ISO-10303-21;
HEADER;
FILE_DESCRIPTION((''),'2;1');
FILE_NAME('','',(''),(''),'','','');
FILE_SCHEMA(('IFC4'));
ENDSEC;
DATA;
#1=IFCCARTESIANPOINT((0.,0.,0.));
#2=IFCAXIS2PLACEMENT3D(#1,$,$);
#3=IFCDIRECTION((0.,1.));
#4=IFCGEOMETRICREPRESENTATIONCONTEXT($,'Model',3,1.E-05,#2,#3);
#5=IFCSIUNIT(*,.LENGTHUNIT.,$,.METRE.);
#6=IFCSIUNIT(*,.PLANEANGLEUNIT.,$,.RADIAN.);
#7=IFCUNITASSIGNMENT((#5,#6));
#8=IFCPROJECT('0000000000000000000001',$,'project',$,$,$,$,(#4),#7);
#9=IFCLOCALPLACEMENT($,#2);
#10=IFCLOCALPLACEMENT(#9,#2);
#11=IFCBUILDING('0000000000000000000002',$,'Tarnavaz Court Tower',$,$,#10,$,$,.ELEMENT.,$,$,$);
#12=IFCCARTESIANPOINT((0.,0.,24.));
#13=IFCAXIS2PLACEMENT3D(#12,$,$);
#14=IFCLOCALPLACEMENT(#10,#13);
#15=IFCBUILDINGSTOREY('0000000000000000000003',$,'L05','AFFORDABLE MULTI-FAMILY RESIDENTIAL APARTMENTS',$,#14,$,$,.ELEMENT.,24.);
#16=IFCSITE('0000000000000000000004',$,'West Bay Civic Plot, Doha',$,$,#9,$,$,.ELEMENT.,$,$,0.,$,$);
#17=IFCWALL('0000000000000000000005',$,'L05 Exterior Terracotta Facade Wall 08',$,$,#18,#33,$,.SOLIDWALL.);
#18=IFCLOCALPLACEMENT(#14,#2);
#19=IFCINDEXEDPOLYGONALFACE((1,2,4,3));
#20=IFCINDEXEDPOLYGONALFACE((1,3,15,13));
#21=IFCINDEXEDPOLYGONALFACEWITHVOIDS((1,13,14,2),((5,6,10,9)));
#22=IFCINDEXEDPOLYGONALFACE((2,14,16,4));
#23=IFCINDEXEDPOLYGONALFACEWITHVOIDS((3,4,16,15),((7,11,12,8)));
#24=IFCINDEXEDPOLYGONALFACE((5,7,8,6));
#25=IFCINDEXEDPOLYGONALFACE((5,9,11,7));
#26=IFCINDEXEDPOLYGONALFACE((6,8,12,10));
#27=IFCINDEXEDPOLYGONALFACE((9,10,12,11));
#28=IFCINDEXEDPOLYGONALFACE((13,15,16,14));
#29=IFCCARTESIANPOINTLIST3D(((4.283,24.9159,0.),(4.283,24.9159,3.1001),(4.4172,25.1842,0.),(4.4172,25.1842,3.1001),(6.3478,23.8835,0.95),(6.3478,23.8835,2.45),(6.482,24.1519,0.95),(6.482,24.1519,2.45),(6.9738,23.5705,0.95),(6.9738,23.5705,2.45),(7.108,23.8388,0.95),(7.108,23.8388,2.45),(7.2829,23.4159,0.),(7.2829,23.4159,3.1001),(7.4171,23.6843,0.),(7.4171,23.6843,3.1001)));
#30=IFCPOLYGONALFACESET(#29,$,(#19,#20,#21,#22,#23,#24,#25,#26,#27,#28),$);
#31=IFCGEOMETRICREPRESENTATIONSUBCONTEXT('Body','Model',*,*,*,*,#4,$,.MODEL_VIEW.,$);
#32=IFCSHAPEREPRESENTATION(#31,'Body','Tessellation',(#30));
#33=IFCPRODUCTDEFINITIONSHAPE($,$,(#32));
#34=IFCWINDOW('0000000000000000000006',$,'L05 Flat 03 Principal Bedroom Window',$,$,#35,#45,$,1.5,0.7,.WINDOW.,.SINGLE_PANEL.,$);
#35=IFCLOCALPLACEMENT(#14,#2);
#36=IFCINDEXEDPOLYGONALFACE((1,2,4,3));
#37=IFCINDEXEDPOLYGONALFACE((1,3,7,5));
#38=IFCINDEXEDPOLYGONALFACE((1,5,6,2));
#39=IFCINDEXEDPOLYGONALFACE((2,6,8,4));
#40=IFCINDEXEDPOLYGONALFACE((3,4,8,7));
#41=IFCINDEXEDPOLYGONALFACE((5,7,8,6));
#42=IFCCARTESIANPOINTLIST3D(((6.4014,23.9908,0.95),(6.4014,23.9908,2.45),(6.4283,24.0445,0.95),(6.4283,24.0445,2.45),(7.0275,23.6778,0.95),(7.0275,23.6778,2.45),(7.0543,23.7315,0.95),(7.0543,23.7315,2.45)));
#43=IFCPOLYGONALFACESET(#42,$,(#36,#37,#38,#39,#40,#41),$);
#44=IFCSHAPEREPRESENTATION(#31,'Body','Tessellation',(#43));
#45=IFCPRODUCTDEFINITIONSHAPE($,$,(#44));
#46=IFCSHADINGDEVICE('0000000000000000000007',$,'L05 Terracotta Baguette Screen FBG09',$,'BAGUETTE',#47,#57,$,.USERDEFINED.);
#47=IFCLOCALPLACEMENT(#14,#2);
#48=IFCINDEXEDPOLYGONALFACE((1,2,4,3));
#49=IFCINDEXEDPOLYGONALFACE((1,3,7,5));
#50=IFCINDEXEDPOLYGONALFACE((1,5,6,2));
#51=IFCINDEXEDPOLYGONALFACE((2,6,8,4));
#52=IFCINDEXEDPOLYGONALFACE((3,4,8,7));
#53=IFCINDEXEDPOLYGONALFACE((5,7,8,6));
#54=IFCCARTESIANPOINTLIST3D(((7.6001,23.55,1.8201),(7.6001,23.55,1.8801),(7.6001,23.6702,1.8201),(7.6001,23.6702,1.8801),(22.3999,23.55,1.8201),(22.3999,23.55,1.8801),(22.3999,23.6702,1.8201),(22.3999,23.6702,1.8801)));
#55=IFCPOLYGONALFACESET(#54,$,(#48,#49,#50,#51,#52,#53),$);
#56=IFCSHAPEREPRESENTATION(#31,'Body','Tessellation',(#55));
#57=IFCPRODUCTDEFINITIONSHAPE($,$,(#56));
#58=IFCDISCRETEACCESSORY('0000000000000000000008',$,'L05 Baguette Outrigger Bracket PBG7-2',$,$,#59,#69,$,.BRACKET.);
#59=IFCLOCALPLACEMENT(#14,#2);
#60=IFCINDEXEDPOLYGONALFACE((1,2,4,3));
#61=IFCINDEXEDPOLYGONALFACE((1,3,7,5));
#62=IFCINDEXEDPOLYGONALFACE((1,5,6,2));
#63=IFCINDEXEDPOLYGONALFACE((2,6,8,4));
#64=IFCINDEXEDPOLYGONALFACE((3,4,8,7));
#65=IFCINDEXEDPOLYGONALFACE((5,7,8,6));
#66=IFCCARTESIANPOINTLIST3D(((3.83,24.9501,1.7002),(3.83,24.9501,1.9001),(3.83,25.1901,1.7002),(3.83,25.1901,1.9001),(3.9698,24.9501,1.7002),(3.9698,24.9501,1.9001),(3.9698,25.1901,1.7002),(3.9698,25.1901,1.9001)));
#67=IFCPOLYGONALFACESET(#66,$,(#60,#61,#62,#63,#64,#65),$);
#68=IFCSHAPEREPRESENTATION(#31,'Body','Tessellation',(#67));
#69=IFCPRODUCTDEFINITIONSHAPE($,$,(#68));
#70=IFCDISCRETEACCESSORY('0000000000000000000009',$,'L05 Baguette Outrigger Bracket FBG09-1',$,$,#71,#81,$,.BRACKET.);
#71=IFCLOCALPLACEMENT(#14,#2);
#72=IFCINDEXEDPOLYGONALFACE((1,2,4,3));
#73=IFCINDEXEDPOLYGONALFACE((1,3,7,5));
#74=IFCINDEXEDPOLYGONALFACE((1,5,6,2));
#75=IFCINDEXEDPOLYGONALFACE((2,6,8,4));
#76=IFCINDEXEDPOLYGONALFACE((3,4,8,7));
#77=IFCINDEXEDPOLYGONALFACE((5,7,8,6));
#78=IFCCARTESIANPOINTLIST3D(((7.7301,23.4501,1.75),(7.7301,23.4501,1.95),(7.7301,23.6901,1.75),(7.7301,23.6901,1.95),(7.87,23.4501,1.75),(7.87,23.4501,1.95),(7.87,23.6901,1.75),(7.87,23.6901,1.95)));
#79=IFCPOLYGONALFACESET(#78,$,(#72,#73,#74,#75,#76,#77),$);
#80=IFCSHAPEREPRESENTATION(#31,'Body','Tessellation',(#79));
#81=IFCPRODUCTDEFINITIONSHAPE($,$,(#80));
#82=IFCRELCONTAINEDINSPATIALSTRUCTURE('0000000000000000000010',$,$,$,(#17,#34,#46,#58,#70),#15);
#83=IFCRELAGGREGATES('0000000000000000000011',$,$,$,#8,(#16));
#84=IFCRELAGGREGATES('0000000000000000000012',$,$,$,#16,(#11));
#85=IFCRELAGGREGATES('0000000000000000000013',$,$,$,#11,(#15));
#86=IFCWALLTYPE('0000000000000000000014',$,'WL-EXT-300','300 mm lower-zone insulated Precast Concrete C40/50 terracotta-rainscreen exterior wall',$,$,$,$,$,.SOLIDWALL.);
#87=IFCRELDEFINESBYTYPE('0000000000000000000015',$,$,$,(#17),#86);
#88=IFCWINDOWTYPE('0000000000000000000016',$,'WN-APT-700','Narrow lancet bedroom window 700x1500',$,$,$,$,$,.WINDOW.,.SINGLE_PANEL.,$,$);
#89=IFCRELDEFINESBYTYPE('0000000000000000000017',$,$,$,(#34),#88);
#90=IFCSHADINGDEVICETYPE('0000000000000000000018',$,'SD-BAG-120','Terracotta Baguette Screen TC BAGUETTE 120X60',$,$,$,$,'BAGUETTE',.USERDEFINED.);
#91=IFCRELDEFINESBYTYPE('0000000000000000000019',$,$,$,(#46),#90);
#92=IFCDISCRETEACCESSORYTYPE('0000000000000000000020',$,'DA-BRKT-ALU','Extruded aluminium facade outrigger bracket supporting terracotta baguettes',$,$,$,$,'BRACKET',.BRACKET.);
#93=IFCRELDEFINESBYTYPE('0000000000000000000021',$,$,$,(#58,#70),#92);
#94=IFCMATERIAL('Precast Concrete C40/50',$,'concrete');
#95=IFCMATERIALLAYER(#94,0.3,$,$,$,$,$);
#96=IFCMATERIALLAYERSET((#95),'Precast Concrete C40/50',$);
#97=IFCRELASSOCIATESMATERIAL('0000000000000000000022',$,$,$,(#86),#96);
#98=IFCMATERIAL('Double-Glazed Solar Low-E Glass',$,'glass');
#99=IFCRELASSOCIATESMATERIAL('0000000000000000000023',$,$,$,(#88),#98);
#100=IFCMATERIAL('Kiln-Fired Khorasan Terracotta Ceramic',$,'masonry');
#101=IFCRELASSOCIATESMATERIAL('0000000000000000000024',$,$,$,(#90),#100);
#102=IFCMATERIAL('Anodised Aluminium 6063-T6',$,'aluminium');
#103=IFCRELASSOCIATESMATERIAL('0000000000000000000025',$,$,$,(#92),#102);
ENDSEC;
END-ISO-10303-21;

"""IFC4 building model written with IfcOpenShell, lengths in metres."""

from ifc_helpers import new_model, si_unit, direction, frame, frame_2d, origin, origin_2d, place, context, subcontext, project, spatial, rectangle, extrude, material, layer, layer_set, material_profile, profile_set, type_object, element, fill, save


model = new_model("IFC4")

# Units and contexts
model_context = context("Model", 3, precision=1e-05, world=origin(), true_north=direction((0.0, 1.0)))
body_context = subcontext(model_context, "Body", "Model", "MODEL_VIEW")
ifc_project = project(units=[si_unit("LENGTHUNIT", "METRE"), si_unit("PLANEANGLEUNIT", "RADIAN")], contexts=[model_context])

# Site, building, storey
site_placement = place(None, origin())
site = spatial("IfcSite", under=ifc_project, at=site_placement, Name="West Bay Civic Plot, Doha", CompositionType="ELEMENT", RefElevation=0.0)
building_placement = place(site_placement, origin())
building = spatial("IfcBuilding", under=site, at=building_placement, Name="Tarnavaz Court Tower", CompositionType="ELEMENT")
storey_placement = place(building_placement, frame((0.0, 0.0, 24.0)))
storey = spatial("IfcBuildingStorey", under=building, at=storey_placement, Name="L05", Description="AFFORDABLE MULTI-FAMILY RESIDENTIAL APARTMENTS", CompositionType="ELEMENT", Elevation=24.0)

# Shared definitions
ifc_material_1 = material(Name="Anodised Aluminium 6063-T6", Category="aluminium")
ifc_material_2 = material(Name="Double-Glazed Solar Low-E Glass", Category="glass")

# Wall, opening, window
ifc_material_3 = material(Name="Precast Concrete C40/50", Category="concrete")
ifc_layer_1 = layer(ifc_material_3, 0.3)
ifc_layer_set_1 = layer_set([ifc_layer_1], Name="Precast Concrete C40/50")
wall_type = type_object("IfcWallType", Name="WL-EXT-300", Description="300 mm lower-zone insulated Precast Concrete C40/50 terracotta-rainscreen exterior wall", PredefinedType="SOLIDWALL", material=ifc_layer_set_1)
wall_placement = place(storey_placement, frame((4.3501, 25.05, 0.0), z_axis=(0.0, 0.0, 1.0), x_axis=(0.894427, -0.447214, 0.0)))
wall = element("IfcWall", 1, at=wall_placement, inside=storey, type_object=wall_type, Name="L05 Exterior Terracotta Facade Wall 08", PredefinedType="SOLIDWALL", context=body_context, shape_type="SweptSolid", body=[
    extrude(rectangle(XDim=3.354, YDim=0.3, at=frame_2d((1.677, 0.0))), origin(), (0.0, 0.0, 1.0), 3.1001),
])
opening_placement = place(wall_placement, frame((2.3083, 0.0, 0.95)))
opening = element("IfcOpeningElement", 2, at=opening_placement, cuts=wall, PredefinedType="OPENING", context=body_context, shape_type="SweptSolid", body=[
    extrude(rectangle(XDim=0.7, YDim=1.5, at=frame_2d((0.3501, 0.75))), frame((0.0, 0.1599, 0.0), z_axis=(0.0, -1.0, 0.0), x_axis=(1.0, 0.0, 0.0)), (0.0, 0.0, 1.0), 0.3201),
])
window_type = type_object("IfcWindowType", Name="WN-APT-700", Description="Narrow lancet bedroom window 700x1500", PartitioningType="SINGLE_PANEL", PredefinedType="WINDOW", material=ifc_material_2)
window_placement = place(opening_placement, origin())
window = element("IfcWindow", 3, at=window_placement, inside=storey, type_object=window_type, Name="L05 Flat 03 Principal Bedroom Window", OverallHeight=1.5, OverallWidth=0.7, PartitioningType="SINGLE_PANEL", PredefinedType="WINDOW", context=body_context, shape_type="SweptSolid", body=[
    extrude(rectangle(XDim=0.7, YDim=1.5, at=frame_2d((0.3501, 0.75))), frame((0.0, 0.03, 0.0), z_axis=(0.0, -1.0, 0.0), x_axis=(1.0, 0.0, 0.0)), (0.0, 0.0, 1.0), 0.0601),
])
fill(opening, window)

# Shading device
ifc_material_4 = material(Name="Kiln-Fired Khorasan Terracotta Ceramic", Category="masonry")
ifc_material_profile_1 = material_profile(ifc_material_4, rectangle(XDim=0.1201, YDim=0.0601, at=origin_2d()), Name="TC BAGUETTE 120X60")
ifc_profile_set_1 = profile_set([ifc_material_profile_1], Name="Kiln-Fired Khorasan Terracotta Ceramic")
shading_device_type = type_object("IfcShadingDeviceType", Name="SD-BAG-120", Description="Terracotta Baguette Screen TC BAGUETTE 120X60", ElementType="BAGUETTE", PredefinedType="USERDEFINED", material=ifc_profile_set_1)
shading_device_placement = place(storey_placement, frame((7.6001, 23.6101, 1.8501), z_axis=(1.0, 0.0, 0.0), x_axis=(0.0, 1.0, 0.0)))
element("IfcShadingDevice", 4, at=shading_device_placement, inside=storey, type_object=shading_device_type, Name="L05 Terracotta Baguette Screen FBG09", ObjectType="BAGUETTE", PredefinedType="USERDEFINED", context=body_context, shape_type="SweptSolid", body=[
    extrude(rectangle(XDim=0.1201, YDim=0.0601, at=origin_2d()), origin(), (0.0, 0.0, 1.0), 14.7998),
])

# Discrete accessories
discrete_accessory_type = type_object("IfcDiscreteAccessoryType", Name="DA-BRKT-ALU", Description="Extruded aluminium facade outrigger bracket supporting terracotta baguettes", ElementType="BRACKET", PredefinedType="BRACKET", material=ifc_material_1)
for number, where, z_axis, x_axis, name in (
    (5, (3.8999, 25.0701, 1.7002), (0.0, 0.0, 1.0), (1.0, 0.0, 0.0), "L05 Baguette Outrigger Bracket PBG7-2"),
    (6, (7.8, 23.5701, 1.75), (0.0, 0.0, 1.0), (1.0, 0.0, 0.0), "L05 Baguette Outrigger Bracket FBG09-1"),
):
    element("IfcDiscreteAccessory", number, at=place(storey_placement, frame(where, z_axis=z_axis, x_axis=x_axis)), inside=storey, type_object=discrete_accessory_type, Name=name, PredefinedType="BRACKET", context=body_context, shape_type="SweptSolid", body=[
        extrude(rectangle(XDim=0.1399, YDim=0.24, at=origin_2d()), origin(), (0.0, 0.0, 1.0), 0.2),
    ])

save(model, "model.ifc")
